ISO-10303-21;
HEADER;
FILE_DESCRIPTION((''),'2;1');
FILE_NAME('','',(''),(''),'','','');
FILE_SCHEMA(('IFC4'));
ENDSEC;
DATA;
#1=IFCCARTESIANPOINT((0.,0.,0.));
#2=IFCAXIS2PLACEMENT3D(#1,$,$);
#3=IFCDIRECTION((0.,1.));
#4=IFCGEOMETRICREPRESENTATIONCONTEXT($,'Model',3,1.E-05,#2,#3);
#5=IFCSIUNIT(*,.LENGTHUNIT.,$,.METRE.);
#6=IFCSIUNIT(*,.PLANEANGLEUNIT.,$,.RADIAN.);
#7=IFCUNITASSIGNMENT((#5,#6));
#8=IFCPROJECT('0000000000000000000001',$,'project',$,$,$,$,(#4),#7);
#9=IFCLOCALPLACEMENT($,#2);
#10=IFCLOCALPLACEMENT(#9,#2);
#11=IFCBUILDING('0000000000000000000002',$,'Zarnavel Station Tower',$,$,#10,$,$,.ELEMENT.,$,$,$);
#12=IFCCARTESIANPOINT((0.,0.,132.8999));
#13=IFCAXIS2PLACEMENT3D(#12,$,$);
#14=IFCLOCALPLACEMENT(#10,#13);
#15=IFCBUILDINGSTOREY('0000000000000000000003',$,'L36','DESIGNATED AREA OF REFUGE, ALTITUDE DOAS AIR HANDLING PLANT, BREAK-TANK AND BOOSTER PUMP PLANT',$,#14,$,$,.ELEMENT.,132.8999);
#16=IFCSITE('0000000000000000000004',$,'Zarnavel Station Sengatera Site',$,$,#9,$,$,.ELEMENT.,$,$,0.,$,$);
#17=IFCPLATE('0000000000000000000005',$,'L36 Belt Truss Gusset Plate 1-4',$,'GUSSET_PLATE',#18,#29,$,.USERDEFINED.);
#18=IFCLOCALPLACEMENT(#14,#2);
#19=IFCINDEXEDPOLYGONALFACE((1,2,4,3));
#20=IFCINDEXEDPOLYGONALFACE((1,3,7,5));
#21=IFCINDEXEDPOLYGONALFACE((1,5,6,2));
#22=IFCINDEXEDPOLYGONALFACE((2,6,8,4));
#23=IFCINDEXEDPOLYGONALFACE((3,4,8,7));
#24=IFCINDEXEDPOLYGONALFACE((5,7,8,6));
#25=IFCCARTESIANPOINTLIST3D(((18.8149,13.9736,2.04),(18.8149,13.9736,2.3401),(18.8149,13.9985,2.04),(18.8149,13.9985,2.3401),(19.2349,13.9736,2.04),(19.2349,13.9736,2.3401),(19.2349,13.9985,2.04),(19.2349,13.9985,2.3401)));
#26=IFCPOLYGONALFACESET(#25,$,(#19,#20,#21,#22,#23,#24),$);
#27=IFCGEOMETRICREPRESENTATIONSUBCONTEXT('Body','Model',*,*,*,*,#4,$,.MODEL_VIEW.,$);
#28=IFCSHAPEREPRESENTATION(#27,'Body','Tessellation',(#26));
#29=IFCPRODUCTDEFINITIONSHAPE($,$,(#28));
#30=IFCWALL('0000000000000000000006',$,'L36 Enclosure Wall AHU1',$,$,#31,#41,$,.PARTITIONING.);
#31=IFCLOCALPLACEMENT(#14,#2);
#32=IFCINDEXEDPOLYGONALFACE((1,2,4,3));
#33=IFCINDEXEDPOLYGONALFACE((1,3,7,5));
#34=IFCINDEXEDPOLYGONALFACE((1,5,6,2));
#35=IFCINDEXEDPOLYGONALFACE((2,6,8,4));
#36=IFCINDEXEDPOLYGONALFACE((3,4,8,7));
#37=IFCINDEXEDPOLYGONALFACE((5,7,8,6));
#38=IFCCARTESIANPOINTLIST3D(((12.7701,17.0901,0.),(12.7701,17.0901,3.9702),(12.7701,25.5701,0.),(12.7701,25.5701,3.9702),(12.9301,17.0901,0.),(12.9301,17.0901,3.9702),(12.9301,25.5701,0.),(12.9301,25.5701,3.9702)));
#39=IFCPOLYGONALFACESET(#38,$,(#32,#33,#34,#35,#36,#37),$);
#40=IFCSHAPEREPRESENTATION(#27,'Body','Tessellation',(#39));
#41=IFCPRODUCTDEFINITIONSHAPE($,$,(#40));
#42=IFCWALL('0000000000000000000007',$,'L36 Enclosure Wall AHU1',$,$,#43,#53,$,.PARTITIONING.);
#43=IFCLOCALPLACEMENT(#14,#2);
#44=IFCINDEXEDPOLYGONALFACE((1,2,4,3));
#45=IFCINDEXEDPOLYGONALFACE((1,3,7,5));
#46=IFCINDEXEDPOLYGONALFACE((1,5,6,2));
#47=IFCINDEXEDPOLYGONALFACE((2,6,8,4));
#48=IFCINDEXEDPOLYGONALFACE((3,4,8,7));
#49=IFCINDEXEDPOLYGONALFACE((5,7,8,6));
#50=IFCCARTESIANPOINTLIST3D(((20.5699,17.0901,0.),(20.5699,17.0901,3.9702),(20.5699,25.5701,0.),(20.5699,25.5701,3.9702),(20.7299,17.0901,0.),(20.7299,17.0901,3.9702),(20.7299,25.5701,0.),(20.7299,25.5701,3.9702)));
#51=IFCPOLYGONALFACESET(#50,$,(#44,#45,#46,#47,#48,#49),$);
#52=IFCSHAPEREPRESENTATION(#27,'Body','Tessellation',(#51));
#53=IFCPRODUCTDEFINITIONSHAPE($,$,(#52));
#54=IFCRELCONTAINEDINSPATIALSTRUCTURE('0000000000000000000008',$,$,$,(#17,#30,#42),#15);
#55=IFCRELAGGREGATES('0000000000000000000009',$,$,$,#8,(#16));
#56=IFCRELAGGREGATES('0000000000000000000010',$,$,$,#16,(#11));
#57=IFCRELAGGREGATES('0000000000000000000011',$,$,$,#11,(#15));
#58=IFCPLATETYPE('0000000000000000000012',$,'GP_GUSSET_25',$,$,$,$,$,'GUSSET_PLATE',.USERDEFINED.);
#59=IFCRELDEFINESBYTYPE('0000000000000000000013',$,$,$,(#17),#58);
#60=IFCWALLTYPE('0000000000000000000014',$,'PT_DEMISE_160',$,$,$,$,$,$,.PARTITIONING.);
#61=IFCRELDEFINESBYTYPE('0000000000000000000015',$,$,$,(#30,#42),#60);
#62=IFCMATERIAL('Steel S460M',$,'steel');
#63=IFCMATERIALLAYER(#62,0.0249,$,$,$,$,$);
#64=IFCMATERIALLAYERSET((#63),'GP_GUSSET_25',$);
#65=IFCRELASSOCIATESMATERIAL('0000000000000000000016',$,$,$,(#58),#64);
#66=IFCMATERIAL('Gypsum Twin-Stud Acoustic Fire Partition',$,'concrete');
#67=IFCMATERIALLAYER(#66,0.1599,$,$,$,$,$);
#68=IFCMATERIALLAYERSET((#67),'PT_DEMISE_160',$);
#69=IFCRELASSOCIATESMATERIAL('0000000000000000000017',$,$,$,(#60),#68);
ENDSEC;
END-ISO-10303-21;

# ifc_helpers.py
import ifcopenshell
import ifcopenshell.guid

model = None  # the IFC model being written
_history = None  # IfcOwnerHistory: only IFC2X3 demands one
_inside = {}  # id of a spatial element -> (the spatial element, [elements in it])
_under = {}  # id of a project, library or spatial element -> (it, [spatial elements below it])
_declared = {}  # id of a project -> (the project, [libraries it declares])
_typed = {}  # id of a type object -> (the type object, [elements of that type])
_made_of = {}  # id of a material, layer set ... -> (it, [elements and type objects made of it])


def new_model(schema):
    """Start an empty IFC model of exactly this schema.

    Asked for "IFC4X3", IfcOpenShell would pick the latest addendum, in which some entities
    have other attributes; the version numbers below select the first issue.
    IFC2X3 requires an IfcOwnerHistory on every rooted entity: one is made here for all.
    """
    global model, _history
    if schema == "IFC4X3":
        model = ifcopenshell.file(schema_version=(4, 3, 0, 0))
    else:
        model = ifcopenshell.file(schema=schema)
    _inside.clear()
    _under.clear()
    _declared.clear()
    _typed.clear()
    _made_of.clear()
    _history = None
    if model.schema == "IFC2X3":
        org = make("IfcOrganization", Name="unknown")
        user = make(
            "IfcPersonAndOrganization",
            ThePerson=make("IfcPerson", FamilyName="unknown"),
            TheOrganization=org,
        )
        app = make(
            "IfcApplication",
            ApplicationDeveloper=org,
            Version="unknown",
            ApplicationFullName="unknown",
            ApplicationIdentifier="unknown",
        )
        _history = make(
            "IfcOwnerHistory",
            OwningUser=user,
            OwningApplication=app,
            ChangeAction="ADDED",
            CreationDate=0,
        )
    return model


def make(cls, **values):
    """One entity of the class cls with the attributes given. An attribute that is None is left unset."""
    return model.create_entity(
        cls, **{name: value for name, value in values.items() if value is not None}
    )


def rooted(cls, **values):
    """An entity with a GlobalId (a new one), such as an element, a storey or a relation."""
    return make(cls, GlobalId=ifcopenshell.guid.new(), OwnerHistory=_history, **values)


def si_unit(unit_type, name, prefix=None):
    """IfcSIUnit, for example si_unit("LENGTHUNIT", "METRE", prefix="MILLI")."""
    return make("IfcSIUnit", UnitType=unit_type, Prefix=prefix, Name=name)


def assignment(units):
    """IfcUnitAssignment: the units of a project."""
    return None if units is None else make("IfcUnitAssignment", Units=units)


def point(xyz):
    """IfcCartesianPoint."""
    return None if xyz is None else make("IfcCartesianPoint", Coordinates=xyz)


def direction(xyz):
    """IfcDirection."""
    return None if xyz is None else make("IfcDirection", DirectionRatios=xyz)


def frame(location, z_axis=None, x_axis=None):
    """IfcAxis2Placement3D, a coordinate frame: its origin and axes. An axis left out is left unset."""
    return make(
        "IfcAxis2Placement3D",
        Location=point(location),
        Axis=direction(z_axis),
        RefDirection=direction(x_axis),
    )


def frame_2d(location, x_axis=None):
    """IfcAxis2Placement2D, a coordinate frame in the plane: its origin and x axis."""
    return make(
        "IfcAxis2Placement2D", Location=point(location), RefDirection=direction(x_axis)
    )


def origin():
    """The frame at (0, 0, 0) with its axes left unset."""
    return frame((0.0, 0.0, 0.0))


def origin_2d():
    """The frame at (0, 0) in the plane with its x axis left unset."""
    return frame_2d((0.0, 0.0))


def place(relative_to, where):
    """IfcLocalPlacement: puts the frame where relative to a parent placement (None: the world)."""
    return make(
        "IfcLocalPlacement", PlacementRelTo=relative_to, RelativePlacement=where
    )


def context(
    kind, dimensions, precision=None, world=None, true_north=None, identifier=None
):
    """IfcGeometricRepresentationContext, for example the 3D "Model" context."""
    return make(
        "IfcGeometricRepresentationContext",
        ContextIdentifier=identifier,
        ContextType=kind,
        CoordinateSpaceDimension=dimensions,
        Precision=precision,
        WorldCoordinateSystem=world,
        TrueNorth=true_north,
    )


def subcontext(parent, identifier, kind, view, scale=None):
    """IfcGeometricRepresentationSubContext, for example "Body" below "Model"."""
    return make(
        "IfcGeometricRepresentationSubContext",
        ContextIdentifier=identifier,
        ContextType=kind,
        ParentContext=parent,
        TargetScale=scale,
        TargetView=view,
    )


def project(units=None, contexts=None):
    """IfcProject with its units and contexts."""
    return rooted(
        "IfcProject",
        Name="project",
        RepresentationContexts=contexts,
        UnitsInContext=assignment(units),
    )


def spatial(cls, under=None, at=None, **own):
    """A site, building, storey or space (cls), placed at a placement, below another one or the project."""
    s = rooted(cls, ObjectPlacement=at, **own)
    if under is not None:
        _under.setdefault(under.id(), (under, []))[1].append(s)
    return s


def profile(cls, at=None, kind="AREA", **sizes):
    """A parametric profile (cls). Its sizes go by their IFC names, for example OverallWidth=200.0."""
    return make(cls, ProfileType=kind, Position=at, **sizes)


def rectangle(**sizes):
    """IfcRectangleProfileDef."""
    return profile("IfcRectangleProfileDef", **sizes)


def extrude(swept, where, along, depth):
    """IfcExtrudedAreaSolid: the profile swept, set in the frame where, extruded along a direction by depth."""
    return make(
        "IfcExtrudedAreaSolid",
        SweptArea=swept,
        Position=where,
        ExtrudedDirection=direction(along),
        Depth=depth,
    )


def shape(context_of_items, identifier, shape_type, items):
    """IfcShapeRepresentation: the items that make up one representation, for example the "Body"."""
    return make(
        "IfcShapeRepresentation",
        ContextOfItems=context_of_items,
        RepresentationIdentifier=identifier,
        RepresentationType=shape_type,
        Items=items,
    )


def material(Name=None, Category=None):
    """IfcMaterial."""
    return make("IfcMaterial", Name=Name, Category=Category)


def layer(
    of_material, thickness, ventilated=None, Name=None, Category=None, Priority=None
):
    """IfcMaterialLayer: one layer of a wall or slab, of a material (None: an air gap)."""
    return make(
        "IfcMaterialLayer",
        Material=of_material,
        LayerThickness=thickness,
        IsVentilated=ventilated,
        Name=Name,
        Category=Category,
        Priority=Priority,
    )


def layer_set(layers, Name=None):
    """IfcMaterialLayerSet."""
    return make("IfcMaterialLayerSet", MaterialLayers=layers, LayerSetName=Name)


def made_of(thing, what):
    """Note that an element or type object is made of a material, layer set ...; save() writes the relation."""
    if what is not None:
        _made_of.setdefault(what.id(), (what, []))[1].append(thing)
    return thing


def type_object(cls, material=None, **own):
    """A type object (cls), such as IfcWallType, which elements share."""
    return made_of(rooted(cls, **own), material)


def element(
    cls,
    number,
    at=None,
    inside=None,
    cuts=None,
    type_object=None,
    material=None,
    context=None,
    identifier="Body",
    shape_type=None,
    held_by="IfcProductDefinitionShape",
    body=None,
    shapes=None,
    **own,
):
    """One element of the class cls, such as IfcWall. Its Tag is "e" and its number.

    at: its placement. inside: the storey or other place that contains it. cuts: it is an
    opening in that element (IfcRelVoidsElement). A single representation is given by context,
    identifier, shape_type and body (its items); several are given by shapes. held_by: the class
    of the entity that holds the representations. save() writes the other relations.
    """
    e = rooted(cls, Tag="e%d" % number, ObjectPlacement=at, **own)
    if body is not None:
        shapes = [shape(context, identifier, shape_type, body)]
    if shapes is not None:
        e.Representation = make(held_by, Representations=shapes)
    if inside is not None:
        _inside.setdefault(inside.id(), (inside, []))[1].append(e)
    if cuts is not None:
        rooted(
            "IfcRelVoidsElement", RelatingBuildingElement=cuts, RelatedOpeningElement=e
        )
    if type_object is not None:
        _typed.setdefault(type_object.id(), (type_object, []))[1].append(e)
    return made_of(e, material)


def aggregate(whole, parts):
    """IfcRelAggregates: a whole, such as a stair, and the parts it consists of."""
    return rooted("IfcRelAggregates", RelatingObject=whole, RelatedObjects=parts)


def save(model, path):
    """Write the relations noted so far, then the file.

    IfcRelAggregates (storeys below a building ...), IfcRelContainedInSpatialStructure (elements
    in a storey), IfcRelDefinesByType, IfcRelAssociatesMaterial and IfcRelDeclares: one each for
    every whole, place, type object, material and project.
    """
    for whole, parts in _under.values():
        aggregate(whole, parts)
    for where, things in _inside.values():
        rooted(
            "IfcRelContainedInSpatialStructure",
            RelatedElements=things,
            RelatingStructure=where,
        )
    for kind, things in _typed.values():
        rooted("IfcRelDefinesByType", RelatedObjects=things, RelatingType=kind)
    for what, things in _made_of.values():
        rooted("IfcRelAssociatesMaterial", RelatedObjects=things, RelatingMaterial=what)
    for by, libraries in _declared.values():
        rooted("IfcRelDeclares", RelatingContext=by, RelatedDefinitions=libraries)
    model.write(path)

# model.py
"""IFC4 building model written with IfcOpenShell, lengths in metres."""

from ifc_helpers import new_model, si_unit, direction, frame, frame_2d, origin, origin_2d, place, context, subcontext, project, spatial, rectangle, extrude, material, layer, layer_set, type_object, element, save


model = new_model("IFC4")

# Units and contexts
model_context = context("Model", 3, precision=1e-05, world=origin(), true_north=direction((0.0, 1.0)))
body_context = subcontext(model_context, "Body", "Model", "MODEL_VIEW")
ifc_project = project(units=[si_unit("LENGTHUNIT", "METRE"), si_unit("PLANEANGLEUNIT", "RADIAN")], contexts=[model_context])

# Site, building, storey
site_placement = place(None, origin())
site = spatial("IfcSite", under=ifc_project, at=site_placement, Name="Zarnavel Station Sengatera Site", CompositionType="ELEMENT", RefElevation=0.0)
building_placement = place(site_placement, origin())
building = spatial("IfcBuilding", under=site, at=building_placement, Name="Zarnavel Station Tower", CompositionType="ELEMENT")
storey_placement = place(building_placement, frame((0.0, 0.0, 132.8999)))
storey = spatial("IfcBuildingStorey", under=building, at=storey_placement, Name="L36", Description="DESIGNATED AREA OF REFUGE, ALTITUDE DOAS AIR HANDLING PLANT, BREAK-TANK AND BOOSTER PUMP PLANT", CompositionType="ELEMENT", Elevation=132.8999)

# Plate
ifc_material_1 = material(Name="Steel S460M", Category="steel")
ifc_layer_1 = layer(ifc_material_1, 0.0249)
ifc_layer_set_1 = layer_set([ifc_layer_1], Name="GP_GUSSET_25")
plate_type = type_object("IfcPlateType", Name="GP_GUSSET_25", ElementType="GUSSET_PLATE", PredefinedType="USERDEFINED", material=ifc_layer_set_1)
for number, where, z_axis, x_axis, name in (
    (1, (19.0249, 13.9861, 2.04), (0.0, 0.0, 1.0), (1.0, 0.0, 0.0), "L36 Belt Truss Gusset Plate 1-4"),
):
    element("IfcPlate", number, at=place(storey_placement, frame(where, z_axis=z_axis, x_axis=x_axis)), inside=storey, type_object=plate_type, Name=name, ObjectType="GUSSET_PLATE", PredefinedType="USERDEFINED", context=body_context, shape_type="SweptSolid", body=[
        extrude(rectangle(XDim=0.4199, YDim=0.0249, at=origin_2d()), origin(), (0.0, 0.0, 1.0), 0.3),
    ])

# Walls
ifc_material_2 = material(Name="Gypsum Twin-Stud Acoustic Fire Partition", Category="concrete")
ifc_layer_2 = layer(ifc_material_2, 0.1599)
ifc_layer_set_2 = layer_set([ifc_layer_2], Name="PT_DEMISE_160")
wall_type = type_object("IfcWallType", Name="PT_DEMISE_160", PredefinedType="PARTITIONING", material=ifc_layer_set_2)
for number, where, z_axis, x_axis, name in (
    (2, (12.8501, 17.0901, 0.0), (0.0, 0.0, 1.0), (0.0, 1.0, 0.0), "L36 Enclosure Wall AHU1"),
    (3, (20.6499, 17.0901, 0.0), (0.0, 0.0, 1.0), (0.0, 1.0, 0.0), "L36 Enclosure Wall AHU1"),
):
    element("IfcWall", number, at=place(storey_placement, frame(where, z_axis=z_axis, x_axis=x_axis)), inside=storey, type_object=wall_type, Name=name, PredefinedType="PARTITIONING", context=body_context, shape_type="SweptSolid", body=[
        extrude(rectangle(XDim=8.48, YDim=0.1599, at=frame_2d((4.24, 0.0))), origin(), (0.0, 0.0, 1.0), 3.9702),
    ])

save(model, "model.ifc")
